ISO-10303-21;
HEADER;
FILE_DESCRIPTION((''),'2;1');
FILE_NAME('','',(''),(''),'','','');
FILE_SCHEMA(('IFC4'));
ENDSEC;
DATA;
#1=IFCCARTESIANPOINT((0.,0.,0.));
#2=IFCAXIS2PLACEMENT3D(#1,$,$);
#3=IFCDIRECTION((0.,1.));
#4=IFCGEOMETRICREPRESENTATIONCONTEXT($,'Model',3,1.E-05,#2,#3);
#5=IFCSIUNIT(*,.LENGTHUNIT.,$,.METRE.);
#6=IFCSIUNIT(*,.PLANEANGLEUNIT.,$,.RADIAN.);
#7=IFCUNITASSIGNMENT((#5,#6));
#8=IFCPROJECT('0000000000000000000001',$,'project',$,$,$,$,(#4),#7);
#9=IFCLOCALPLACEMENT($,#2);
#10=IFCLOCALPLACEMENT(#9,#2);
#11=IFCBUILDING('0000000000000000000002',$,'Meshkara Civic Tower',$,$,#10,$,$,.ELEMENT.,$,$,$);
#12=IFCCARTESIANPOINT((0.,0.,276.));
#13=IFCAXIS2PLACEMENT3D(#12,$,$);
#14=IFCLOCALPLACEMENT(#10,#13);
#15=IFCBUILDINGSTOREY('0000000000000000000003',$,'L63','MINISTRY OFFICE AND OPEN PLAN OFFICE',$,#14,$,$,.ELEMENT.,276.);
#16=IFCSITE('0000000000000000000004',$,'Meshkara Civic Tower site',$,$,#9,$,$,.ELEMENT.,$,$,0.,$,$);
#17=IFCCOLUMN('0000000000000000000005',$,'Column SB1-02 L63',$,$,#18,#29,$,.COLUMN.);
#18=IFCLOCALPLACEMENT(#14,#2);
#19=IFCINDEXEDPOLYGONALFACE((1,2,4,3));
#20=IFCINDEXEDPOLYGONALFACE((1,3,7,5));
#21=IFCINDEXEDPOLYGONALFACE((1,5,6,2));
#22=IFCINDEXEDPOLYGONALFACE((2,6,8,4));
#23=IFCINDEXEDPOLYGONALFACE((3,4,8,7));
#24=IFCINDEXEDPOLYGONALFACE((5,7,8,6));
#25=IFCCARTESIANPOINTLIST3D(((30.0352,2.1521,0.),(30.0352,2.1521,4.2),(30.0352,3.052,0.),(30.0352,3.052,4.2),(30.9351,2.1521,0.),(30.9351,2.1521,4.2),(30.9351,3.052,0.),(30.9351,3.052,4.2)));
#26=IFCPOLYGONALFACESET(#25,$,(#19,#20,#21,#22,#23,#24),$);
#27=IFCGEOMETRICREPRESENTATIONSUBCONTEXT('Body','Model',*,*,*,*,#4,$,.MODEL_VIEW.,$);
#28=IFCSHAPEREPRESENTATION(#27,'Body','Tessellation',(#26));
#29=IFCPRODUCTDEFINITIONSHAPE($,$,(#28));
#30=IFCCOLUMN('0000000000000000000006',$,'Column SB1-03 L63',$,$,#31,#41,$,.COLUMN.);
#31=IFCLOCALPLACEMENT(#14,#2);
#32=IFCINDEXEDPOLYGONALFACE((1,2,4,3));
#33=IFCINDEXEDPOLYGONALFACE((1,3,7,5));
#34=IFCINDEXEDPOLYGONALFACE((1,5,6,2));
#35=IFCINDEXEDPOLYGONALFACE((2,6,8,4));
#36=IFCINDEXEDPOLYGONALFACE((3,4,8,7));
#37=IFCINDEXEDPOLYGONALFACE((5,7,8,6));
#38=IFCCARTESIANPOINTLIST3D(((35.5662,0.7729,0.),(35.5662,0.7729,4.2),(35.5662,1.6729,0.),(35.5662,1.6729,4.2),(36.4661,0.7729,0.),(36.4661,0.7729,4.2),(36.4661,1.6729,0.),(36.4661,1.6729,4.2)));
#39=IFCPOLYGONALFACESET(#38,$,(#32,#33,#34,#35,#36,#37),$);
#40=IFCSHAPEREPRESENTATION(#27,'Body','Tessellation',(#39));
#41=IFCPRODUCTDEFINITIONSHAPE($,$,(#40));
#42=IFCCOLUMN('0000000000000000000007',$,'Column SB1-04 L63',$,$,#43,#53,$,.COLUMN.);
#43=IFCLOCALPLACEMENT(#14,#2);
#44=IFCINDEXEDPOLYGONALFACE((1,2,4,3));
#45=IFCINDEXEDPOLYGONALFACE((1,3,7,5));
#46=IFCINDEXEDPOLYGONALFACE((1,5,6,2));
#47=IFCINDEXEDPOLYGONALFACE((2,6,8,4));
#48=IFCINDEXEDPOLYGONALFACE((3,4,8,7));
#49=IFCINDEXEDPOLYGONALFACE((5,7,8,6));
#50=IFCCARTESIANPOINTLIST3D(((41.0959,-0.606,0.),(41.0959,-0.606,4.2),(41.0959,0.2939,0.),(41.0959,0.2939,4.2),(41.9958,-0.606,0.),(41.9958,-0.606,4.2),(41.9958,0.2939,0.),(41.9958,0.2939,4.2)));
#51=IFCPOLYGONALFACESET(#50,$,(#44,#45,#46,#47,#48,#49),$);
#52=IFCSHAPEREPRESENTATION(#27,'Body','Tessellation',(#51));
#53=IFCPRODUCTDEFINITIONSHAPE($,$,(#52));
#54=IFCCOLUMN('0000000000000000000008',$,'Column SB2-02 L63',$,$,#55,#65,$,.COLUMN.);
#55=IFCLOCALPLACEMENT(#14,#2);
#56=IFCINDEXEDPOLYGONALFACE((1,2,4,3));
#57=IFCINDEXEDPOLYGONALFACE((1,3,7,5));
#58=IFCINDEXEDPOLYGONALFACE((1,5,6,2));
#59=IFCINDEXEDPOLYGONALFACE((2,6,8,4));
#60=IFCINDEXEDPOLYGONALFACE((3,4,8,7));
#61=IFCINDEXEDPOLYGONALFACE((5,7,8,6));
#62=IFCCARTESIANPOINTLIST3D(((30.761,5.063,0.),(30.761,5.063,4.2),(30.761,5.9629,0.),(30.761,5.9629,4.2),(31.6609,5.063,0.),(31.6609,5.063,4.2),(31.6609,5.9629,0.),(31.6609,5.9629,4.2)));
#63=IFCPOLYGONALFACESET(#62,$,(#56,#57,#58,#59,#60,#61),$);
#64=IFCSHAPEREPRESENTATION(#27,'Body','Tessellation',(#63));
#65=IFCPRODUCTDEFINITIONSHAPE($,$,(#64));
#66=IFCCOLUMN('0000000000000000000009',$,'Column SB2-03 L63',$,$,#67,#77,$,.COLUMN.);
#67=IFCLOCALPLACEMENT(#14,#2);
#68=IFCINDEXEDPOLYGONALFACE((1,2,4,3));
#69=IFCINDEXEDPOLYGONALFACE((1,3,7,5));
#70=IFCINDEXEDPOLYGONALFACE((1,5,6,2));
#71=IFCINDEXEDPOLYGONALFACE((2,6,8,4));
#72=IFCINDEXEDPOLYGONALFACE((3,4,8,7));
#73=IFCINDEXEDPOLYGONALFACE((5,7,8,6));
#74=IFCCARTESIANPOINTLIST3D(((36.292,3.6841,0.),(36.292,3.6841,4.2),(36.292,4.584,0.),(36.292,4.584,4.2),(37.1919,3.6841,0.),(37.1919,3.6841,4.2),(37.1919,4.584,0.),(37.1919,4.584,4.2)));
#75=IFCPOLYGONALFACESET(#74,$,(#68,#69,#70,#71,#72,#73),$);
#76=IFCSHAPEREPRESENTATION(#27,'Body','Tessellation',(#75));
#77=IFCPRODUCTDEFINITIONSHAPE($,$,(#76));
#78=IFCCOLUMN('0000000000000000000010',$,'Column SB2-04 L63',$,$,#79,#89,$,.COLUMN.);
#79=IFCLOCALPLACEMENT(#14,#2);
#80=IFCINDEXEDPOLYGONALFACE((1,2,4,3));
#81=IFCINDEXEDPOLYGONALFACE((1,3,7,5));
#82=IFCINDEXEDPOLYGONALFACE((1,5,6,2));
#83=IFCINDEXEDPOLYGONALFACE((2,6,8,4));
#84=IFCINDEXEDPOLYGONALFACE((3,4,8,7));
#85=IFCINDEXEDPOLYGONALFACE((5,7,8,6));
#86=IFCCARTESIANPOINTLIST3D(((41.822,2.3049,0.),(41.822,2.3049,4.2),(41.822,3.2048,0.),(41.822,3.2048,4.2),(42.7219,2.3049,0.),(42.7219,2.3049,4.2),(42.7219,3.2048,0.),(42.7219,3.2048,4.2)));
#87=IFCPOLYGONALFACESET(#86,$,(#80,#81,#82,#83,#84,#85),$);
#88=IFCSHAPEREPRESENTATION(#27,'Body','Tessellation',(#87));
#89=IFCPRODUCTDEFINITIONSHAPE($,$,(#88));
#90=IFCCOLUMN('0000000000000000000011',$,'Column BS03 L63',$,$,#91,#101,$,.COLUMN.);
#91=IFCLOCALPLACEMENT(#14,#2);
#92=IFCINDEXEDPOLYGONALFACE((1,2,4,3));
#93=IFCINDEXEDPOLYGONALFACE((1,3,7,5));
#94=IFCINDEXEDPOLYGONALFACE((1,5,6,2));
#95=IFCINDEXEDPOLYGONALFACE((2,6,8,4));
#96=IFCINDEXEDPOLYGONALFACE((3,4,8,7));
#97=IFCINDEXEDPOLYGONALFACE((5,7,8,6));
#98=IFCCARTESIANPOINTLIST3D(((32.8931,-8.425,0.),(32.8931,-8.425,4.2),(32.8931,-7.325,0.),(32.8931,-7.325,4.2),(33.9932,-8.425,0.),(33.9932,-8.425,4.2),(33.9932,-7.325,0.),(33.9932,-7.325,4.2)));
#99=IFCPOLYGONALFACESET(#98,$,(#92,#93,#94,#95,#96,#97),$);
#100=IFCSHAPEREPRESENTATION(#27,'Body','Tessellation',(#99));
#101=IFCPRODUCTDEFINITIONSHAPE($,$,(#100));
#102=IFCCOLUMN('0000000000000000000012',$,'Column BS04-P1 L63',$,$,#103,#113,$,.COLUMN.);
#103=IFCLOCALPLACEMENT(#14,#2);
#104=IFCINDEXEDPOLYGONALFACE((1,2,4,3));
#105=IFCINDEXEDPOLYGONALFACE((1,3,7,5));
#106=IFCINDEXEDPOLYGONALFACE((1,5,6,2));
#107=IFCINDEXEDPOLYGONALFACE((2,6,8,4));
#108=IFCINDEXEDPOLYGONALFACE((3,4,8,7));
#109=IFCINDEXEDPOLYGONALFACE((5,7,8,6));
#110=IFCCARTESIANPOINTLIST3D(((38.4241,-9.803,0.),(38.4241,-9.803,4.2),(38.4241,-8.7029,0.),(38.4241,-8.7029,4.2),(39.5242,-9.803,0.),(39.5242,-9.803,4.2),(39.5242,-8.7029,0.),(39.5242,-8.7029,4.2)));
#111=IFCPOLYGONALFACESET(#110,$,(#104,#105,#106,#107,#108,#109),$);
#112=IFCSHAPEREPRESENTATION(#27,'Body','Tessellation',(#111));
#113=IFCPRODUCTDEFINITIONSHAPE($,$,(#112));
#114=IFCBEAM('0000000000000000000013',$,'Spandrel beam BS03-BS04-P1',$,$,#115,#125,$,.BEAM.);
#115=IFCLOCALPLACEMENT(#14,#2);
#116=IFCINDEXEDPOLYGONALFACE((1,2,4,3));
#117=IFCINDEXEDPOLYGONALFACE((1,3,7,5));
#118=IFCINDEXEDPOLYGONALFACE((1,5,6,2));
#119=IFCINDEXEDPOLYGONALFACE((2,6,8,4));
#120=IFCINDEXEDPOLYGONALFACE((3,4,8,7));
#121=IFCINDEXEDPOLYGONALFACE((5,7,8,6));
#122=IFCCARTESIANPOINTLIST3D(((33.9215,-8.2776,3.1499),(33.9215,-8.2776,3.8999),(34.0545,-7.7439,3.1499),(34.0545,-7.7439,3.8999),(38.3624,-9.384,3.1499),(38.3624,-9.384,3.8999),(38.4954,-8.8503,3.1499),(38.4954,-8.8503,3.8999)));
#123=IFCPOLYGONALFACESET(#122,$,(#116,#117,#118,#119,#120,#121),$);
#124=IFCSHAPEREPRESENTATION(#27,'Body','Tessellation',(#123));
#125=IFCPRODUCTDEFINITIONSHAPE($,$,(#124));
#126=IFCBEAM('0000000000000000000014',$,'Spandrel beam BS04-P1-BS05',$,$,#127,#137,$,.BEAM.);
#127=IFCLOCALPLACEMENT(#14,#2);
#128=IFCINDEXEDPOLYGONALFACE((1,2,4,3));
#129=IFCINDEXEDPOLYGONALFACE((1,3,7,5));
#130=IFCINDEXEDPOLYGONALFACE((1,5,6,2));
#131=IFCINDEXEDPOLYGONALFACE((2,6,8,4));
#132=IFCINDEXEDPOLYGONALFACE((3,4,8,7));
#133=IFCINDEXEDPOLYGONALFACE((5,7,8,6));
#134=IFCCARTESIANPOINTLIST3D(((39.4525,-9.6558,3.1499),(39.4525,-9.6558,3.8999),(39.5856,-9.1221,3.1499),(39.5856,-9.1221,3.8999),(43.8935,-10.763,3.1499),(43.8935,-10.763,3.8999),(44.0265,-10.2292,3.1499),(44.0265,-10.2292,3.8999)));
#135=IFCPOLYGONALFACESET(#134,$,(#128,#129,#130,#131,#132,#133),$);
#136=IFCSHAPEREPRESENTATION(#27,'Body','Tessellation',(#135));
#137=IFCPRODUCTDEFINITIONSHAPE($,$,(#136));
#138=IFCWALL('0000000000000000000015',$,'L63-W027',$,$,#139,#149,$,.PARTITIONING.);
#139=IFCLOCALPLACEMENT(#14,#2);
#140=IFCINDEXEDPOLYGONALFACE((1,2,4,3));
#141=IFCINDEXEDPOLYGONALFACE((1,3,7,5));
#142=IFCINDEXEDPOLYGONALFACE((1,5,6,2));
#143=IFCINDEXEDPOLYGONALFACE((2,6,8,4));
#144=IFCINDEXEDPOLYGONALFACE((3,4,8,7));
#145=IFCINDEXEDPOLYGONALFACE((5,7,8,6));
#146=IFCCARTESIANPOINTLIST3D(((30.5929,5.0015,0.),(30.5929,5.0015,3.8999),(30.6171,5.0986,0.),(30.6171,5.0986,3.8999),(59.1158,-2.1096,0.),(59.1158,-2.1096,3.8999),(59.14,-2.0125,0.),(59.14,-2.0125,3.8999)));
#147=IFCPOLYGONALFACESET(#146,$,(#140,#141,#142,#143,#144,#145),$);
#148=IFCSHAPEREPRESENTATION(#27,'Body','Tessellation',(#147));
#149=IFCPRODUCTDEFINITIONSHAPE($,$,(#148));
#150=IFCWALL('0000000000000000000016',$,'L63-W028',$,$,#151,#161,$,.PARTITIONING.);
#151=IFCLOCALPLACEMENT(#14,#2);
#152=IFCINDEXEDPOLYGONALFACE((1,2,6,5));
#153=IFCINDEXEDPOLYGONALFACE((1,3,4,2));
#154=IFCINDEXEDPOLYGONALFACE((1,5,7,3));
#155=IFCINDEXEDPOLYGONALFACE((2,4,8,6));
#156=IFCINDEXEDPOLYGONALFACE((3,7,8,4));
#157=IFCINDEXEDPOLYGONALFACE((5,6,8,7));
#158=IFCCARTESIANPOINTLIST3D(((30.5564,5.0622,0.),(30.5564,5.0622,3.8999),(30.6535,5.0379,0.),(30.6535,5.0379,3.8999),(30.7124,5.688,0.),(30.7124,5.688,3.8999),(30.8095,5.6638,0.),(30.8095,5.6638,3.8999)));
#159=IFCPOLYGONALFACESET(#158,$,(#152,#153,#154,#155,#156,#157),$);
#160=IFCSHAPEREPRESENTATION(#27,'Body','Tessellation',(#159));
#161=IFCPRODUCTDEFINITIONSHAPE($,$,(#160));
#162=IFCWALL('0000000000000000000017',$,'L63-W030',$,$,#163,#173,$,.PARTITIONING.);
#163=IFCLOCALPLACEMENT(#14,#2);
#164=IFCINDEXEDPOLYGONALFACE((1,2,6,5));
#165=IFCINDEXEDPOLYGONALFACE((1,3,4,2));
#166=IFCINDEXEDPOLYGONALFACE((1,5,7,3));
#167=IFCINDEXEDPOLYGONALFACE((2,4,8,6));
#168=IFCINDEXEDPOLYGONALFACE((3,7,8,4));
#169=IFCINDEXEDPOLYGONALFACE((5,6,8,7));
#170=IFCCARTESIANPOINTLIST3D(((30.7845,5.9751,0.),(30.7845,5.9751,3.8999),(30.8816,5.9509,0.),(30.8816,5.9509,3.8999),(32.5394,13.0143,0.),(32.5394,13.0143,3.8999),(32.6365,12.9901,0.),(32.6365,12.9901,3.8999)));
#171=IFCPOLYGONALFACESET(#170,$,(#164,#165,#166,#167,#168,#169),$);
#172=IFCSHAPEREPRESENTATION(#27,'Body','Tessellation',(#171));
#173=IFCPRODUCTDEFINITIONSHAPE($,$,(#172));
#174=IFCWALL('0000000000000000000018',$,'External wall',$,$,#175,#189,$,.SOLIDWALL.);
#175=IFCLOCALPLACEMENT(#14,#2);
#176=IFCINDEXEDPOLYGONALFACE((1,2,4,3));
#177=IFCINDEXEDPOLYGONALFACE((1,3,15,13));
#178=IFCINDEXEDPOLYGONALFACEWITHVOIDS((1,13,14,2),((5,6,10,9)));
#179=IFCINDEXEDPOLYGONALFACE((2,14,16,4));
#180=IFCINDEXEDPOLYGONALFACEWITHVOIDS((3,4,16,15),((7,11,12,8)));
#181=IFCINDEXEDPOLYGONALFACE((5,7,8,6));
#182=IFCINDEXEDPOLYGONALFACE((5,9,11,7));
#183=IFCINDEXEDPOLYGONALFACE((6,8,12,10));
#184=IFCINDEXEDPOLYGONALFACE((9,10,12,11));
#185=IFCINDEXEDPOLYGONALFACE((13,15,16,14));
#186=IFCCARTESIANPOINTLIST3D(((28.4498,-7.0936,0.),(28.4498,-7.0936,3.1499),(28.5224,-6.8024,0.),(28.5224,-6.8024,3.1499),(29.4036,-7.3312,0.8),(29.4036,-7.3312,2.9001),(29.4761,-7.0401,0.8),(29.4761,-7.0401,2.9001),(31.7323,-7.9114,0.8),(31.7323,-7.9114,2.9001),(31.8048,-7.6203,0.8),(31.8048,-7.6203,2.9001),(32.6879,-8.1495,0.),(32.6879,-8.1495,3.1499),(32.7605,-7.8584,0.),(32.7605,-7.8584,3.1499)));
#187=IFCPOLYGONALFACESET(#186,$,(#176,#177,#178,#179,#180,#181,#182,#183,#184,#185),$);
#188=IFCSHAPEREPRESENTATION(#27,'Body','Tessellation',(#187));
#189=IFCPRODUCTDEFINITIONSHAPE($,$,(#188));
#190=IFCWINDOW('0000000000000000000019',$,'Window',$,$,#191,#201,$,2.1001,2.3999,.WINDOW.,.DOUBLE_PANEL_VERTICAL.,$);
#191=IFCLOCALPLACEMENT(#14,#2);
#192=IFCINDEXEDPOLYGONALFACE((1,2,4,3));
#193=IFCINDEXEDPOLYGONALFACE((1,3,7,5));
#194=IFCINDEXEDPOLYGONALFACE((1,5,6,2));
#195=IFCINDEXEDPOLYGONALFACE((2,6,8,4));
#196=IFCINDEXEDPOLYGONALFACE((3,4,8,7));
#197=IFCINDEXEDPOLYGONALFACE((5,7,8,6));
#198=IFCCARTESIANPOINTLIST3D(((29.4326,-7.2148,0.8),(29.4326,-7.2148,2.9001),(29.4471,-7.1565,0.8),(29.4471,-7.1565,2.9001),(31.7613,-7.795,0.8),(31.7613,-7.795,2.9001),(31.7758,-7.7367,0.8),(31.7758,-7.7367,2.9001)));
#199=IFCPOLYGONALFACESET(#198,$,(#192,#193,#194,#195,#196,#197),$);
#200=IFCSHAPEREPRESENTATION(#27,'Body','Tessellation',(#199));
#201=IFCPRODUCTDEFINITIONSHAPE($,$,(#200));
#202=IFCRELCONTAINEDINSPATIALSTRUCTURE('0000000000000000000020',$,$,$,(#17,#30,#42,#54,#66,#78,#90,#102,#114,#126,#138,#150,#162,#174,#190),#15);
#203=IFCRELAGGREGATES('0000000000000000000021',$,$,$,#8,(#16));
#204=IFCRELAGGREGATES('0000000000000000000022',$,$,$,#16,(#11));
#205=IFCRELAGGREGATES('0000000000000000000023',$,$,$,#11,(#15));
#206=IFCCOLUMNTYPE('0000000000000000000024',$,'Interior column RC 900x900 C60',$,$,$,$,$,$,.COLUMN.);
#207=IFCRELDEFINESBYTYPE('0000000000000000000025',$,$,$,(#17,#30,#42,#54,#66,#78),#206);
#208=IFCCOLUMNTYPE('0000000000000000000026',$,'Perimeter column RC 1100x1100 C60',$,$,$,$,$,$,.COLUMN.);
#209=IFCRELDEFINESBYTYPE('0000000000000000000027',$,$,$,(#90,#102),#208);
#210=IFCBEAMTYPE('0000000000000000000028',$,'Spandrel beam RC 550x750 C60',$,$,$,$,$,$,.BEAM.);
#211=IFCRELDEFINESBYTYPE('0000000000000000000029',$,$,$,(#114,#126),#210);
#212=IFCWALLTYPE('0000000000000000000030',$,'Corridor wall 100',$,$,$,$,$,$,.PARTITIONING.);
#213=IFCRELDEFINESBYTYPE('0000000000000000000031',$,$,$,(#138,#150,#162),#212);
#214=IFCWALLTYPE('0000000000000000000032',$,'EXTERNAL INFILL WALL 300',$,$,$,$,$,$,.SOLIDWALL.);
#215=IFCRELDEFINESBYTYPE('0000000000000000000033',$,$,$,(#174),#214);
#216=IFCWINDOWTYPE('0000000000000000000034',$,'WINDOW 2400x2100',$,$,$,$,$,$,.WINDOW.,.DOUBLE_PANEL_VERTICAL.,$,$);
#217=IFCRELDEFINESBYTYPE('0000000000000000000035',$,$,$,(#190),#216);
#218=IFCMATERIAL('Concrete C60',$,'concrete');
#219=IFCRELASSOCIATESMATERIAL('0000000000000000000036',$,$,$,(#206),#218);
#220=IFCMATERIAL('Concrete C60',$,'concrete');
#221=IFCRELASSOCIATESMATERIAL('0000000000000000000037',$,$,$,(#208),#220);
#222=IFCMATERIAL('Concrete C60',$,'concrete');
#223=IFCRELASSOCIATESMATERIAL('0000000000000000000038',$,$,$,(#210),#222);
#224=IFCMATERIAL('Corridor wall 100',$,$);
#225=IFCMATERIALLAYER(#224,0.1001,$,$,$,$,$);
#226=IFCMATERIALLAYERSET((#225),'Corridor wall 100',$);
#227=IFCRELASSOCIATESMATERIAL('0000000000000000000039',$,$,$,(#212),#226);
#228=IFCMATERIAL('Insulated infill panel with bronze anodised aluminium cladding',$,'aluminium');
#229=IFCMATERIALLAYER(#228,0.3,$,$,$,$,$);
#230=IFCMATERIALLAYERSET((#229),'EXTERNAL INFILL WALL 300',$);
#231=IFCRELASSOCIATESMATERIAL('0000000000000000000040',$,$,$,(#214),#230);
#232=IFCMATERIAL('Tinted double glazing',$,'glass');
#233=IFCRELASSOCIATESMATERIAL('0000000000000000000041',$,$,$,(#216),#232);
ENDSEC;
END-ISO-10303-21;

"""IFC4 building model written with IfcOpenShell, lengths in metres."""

from ifc_helpers import new_model, si_unit, direction, frame, frame_2d, origin, origin_2d, place, context, subcontext, project, spatial, rectangle, extrude, material, layer, layer_set, material_profile, profile_set, type_object, element, fill, save


model = new_model("IFC4")

# Units and contexts
model_context = context("Model", 3, precision=1e-05, world=origin(), true_north=direction((0.0, 1.0)))
body_context = subcontext(model_context, "Body", "Model", "MODEL_VIEW")
ifc_project = project(units=[si_unit("LENGTHUNIT", "METRE"), si_unit("PLANEANGLEUNIT", "RADIAN")], contexts=[model_context])

# Site, building, storey
site_placement = place(None, origin())
site = spatial("IfcSite", under=ifc_project, at=site_placement, Name="Meshkara Civic Tower site", CompositionType="ELEMENT", RefElevation=0.0)
building_placement = place(site_placement, origin())
building = spatial("IfcBuilding", under=site, at=building_placement, Name="Meshkara Civic Tower", CompositionType="ELEMENT")
storey_placement = place(building_placement, frame((0.0, 0.0, 276.0)))
storey = spatial("IfcBuildingStorey", under=building, at=storey_placement, Name="L63", Description="MINISTRY OFFICE AND OPEN PLAN OFFICE", CompositionType="ELEMENT", Elevation=276.0)

# Columns
ifc_material_1 = material(Name="Concrete C60", Category="concrete")
ifc_material_profile_1 = material_profile(ifc_material_1, rectangle(XDim=0.8999, YDim=0.8999, at=origin_2d()))
ifc_profile_set_1 = profile_set([ifc_material_profile_1], Name="Concrete C60")
column_type_1 = type_object("IfcColumnType", Name="Interior column RC 900x900 C60", PredefinedType="COLUMN", material=ifc_profile_set_1)
for number, where, z_axis, x_axis, name in (
    (1, (30.4851, 2.6021, 0.0), (0.0, 0.0, 1.0), (1.0, 0.0, 0.0), "Column SB1-02 L63"),
    (2, (36.0161, 1.2229, 0.0), (0.0, 0.0, 1.0), (1.0, 0.0, 0.0), "Column SB1-03 L63"),
    (3, (41.5459, -0.156, 0.0), (0.0, 0.0, 1.0), (1.0, 0.0, 0.0), "Column SB1-04 L63"),
    (4, (31.2109, 5.5129, 0.0), (0.0, 0.0, 1.0), (1.0, 0.0, 0.0), "Column SB2-02 L63"),
    (5, (36.7419, 4.134, 0.0), (0.0, 0.0, 1.0), (1.0, 0.0, 0.0), "Column SB2-03 L63"),
    (6, (42.272, 2.7549, 0.0), (0.0, 0.0, 1.0), (1.0, 0.0, 0.0), "Column SB2-04 L63"),
):
    element("IfcColumn", number, at=place(storey_placement, frame(where, z_axis=z_axis, x_axis=x_axis)), inside=storey, type_object=column_type_1, Name=name, PredefinedType="COLUMN", context=body_context, shape_type="SweptSolid", body=[
        extrude(rectangle(XDim=0.8999, YDim=0.8999, at=origin_2d()), origin(), (0.0, 0.0, 1.0), 4.2),
    ])
ifc_material_2 = material(Name="Concrete C60", Category="concrete")
ifc_material_profile_2 = material_profile(ifc_material_2, rectangle(XDim=1.1001, YDim=1.1001, at=origin_2d()))
ifc_profile_set_2 = profile_set([ifc_material_profile_2], Name="Concrete C60")
column_type_2 = type_object("IfcColumnType", Name="Perimeter column RC 1100x1100 C60", PredefinedType="COLUMN", material=ifc_profile_set_2)
for number, where, z_axis, x_axis, name in (
    (7, (33.4431, -7.875, 0.0), (0.0, 0.0, 1.0), (1.0, 0.0, 0.0), "Column BS03 L63"),
    (8, (38.9741, -9.2529, 0.0), (0.0, 0.0, 1.0), (1.0, 0.0, 0.0), "Column BS04-P1 L63"),
):
    element("IfcColumn", number, at=place(storey_placement, frame(where, z_axis=z_axis, x_axis=x_axis)), inside=storey, type_object=column_type_2, Name=name, PredefinedType="COLUMN", context=body_context, shape_type="SweptSolid", body=[
        extrude(rectangle(XDim=1.1001, YDim=1.1001, at=origin_2d()), origin(), (0.0, 0.0, 1.0), 4.2),
    ])

# Beams
ifc_material_3 = material(Name="Concrete C60", Category="concrete")
ifc_material_profile_3 = material_profile(ifc_material_3, rectangle(XDim=0.55, YDim=0.75, at=origin_2d()))
ifc_profile_set_3 = profile_set([ifc_material_profile_3], Name="Concrete C60")
beam_type = type_object("IfcBeamType", Name="Spandrel beam RC 550x750 C60", PredefinedType="BEAM", material=ifc_profile_set_3)
beam_1_placement = place(storey_placement, frame((33.988, -8.0107, 3.5249), z_axis=(0.970337, -0.241757, 0.0), x_axis=(0.241757, 0.970337, 0.0)))
element("IfcBeam", 9, at=beam_1_placement, inside=storey, type_object=beam_type, Name="Spandrel beam BS03-BS04-P1", PredefinedType="BEAM", context=body_context, shape_type="SweptSolid", body=[
    extrude(rectangle(XDim=0.55, YDim=0.75, at=origin_2d()), origin(), (0.0, 0.0, 1.0), 4.5767),
])
beam_2_placement = place(storey_placement, frame((39.519, -9.3889, 3.5249), z_axis=(0.970299, -0.241908, 0.0), x_axis=(0.241908, 0.970299, 0.0)))
element("IfcBeam", 10, at=beam_2_placement, inside=storey, type_object=beam_type, Name="Spandrel beam BS04-P1-BS05", PredefinedType="BEAM", context=body_context, shape_type="SweptSolid", body=[
    extrude(rectangle(XDim=0.55, YDim=0.75, at=origin_2d()), origin(), (0.0, 0.0, 1.0), 4.5769),
])

# Walls
ifc_material_4 = material(Name="Corridor wall 100")
ifc_layer_1 = layer(ifc_material_4, 0.1001)
ifc_layer_set_1 = layer_set([ifc_layer_1], Name="Corridor wall 100")
wall_type_1 = type_object("IfcWallType", Name="Corridor wall 100", PredefinedType="PARTITIONING", material=ifc_layer_set_1)
wall_1_placement = place(storey_placement, frame((30.605, 5.05, 0.0), z_axis=(0.0, 0.0, 1.0), x_axis=(0.9703, -0.241906, 0.0)))
element("IfcWall", 11, at=wall_1_placement, inside=storey, type_object=wall_type_1, Name="L63-W027", PredefinedType="PARTITIONING", context=body_context, shape_type="SweptSolid", body=[
    extrude(rectangle(XDim=29.396, YDim=0.1001, at=frame_2d((14.698, 0.0))), origin(), (0.0, 0.0, 1.0), 3.8999),
])
wall_2_placement = place(storey_placement, frame((30.605, 5.05, 0.0), z_axis=(0.0, 0.0, 1.0), x_axis=(0.241823, 0.97032, 0.0)))
element("IfcWall", 12, at=wall_2_placement, inside=storey, type_object=wall_type_1, Name="L63-W028", PredefinedType="PARTITIONING", context=body_context, shape_type="SweptSolid", body=[
    extrude(rectangle(XDim=0.645, YDim=0.1001, at=frame_2d((0.3225, 0.0))), origin(), (0.0, 0.0, 1.0), 3.8999),
])
wall_3_placement = place(storey_placement, frame((30.833, 5.9629, 0.0), z_axis=(0.0, 0.0, 1.0), x_axis=(0.241902, 0.970301, 0.0)))
element("IfcWall", 13, at=wall_3_placement, inside=storey, type_object=wall_type_1, Name="L63-W030", PredefinedType="PARTITIONING", context=body_context, shape_type="SweptSolid", body=[
    extrude(rectangle(XDim=7.2546, YDim=0.1001, at=frame_2d((3.6274, 0.0))), origin(), (0.0, 0.0, 1.0), 3.8999),
])

# Wall, opening, window
ifc_material_5 = material(Name="Insulated infill panel with bronze anodised aluminium cladding", Category="aluminium")
ifc_layer_2 = layer(ifc_material_5, 0.3)
ifc_layer_set_2 = layer_set([ifc_layer_2], Name="EXTERNAL INFILL WALL 300")
wall_type_2 = type_object("IfcWallType", Name="EXTERNAL INFILL WALL 300", PredefinedType="SOLIDWALL", material=ifc_layer_set_2)
wall_4_placement = place(storey_placement, frame((28.4861, -6.948, 0.0), z_axis=(0.0, 0.0, 1.0), x_axis=(0.970336, -0.24176, 0.0)))
wall_4 = element("IfcWall", 14, at=wall_4_placement, inside=storey, type_object=wall_type_2, Name="External wall", PredefinedType="SOLIDWALL", context=body_context, shape_type="SweptSolid", body=[
    extrude(rectangle(XDim=4.3677, YDim=0.3, at=frame_2d((2.1838, 0.0))), origin(), (0.0, 0.0, 1.0), 3.1499),
])
opening_1_placement = place(wall_4_placement, frame((0.9829, 0.0, 0.8)))
opening_1 = element("IfcOpeningElement", 15, at=opening_1_placement, cuts=wall_4, PredefinedType="OPENING", context=body_context, shape_type="SweptSolid", body=[
    extrude(rectangle(XDim=2.3999, YDim=2.1001, at=frame_2d((1.2, 1.05))), frame((0.0, 0.1599, 0.0), z_axis=(0.0, -1.0, 0.0), x_axis=(1.0, 0.0, 0.0)), (0.0, 0.0, 1.0), 0.3201),
])
ifc_material_6 = material(Name="Tinted double glazing", Category="glass")
window_type = type_object("IfcWindowType", Name="WINDOW 2400x2100", PartitioningType="DOUBLE_PANEL_VERTICAL", PredefinedType="WINDOW", material=ifc_material_6)
window_1_placement = place(opening_1_placement, origin())
window_1 = element("IfcWindow", 16, at=window_1_placement, inside=storey, type_object=window_type, Name="Window", OverallHeight=2.1001, OverallWidth=2.3999, PartitioningType="DOUBLE_PANEL_VERTICAL", PredefinedType="WINDOW", context=body_context, shape_type="SweptSolid", body=[
    extrude(rectangle(XDim=2.3999, YDim=2.1001, at=frame_2d((1.2, 1.05))), frame((0.0, 0.03, 0.0), z_axis=(0.0, -1.0, 0.0), x_axis=(1.0, 0.0, 0.0)), (0.0, 0.0, 1.0), 0.0601),
])
fill(opening_1, window_1)

save(model, "model.ifc")
